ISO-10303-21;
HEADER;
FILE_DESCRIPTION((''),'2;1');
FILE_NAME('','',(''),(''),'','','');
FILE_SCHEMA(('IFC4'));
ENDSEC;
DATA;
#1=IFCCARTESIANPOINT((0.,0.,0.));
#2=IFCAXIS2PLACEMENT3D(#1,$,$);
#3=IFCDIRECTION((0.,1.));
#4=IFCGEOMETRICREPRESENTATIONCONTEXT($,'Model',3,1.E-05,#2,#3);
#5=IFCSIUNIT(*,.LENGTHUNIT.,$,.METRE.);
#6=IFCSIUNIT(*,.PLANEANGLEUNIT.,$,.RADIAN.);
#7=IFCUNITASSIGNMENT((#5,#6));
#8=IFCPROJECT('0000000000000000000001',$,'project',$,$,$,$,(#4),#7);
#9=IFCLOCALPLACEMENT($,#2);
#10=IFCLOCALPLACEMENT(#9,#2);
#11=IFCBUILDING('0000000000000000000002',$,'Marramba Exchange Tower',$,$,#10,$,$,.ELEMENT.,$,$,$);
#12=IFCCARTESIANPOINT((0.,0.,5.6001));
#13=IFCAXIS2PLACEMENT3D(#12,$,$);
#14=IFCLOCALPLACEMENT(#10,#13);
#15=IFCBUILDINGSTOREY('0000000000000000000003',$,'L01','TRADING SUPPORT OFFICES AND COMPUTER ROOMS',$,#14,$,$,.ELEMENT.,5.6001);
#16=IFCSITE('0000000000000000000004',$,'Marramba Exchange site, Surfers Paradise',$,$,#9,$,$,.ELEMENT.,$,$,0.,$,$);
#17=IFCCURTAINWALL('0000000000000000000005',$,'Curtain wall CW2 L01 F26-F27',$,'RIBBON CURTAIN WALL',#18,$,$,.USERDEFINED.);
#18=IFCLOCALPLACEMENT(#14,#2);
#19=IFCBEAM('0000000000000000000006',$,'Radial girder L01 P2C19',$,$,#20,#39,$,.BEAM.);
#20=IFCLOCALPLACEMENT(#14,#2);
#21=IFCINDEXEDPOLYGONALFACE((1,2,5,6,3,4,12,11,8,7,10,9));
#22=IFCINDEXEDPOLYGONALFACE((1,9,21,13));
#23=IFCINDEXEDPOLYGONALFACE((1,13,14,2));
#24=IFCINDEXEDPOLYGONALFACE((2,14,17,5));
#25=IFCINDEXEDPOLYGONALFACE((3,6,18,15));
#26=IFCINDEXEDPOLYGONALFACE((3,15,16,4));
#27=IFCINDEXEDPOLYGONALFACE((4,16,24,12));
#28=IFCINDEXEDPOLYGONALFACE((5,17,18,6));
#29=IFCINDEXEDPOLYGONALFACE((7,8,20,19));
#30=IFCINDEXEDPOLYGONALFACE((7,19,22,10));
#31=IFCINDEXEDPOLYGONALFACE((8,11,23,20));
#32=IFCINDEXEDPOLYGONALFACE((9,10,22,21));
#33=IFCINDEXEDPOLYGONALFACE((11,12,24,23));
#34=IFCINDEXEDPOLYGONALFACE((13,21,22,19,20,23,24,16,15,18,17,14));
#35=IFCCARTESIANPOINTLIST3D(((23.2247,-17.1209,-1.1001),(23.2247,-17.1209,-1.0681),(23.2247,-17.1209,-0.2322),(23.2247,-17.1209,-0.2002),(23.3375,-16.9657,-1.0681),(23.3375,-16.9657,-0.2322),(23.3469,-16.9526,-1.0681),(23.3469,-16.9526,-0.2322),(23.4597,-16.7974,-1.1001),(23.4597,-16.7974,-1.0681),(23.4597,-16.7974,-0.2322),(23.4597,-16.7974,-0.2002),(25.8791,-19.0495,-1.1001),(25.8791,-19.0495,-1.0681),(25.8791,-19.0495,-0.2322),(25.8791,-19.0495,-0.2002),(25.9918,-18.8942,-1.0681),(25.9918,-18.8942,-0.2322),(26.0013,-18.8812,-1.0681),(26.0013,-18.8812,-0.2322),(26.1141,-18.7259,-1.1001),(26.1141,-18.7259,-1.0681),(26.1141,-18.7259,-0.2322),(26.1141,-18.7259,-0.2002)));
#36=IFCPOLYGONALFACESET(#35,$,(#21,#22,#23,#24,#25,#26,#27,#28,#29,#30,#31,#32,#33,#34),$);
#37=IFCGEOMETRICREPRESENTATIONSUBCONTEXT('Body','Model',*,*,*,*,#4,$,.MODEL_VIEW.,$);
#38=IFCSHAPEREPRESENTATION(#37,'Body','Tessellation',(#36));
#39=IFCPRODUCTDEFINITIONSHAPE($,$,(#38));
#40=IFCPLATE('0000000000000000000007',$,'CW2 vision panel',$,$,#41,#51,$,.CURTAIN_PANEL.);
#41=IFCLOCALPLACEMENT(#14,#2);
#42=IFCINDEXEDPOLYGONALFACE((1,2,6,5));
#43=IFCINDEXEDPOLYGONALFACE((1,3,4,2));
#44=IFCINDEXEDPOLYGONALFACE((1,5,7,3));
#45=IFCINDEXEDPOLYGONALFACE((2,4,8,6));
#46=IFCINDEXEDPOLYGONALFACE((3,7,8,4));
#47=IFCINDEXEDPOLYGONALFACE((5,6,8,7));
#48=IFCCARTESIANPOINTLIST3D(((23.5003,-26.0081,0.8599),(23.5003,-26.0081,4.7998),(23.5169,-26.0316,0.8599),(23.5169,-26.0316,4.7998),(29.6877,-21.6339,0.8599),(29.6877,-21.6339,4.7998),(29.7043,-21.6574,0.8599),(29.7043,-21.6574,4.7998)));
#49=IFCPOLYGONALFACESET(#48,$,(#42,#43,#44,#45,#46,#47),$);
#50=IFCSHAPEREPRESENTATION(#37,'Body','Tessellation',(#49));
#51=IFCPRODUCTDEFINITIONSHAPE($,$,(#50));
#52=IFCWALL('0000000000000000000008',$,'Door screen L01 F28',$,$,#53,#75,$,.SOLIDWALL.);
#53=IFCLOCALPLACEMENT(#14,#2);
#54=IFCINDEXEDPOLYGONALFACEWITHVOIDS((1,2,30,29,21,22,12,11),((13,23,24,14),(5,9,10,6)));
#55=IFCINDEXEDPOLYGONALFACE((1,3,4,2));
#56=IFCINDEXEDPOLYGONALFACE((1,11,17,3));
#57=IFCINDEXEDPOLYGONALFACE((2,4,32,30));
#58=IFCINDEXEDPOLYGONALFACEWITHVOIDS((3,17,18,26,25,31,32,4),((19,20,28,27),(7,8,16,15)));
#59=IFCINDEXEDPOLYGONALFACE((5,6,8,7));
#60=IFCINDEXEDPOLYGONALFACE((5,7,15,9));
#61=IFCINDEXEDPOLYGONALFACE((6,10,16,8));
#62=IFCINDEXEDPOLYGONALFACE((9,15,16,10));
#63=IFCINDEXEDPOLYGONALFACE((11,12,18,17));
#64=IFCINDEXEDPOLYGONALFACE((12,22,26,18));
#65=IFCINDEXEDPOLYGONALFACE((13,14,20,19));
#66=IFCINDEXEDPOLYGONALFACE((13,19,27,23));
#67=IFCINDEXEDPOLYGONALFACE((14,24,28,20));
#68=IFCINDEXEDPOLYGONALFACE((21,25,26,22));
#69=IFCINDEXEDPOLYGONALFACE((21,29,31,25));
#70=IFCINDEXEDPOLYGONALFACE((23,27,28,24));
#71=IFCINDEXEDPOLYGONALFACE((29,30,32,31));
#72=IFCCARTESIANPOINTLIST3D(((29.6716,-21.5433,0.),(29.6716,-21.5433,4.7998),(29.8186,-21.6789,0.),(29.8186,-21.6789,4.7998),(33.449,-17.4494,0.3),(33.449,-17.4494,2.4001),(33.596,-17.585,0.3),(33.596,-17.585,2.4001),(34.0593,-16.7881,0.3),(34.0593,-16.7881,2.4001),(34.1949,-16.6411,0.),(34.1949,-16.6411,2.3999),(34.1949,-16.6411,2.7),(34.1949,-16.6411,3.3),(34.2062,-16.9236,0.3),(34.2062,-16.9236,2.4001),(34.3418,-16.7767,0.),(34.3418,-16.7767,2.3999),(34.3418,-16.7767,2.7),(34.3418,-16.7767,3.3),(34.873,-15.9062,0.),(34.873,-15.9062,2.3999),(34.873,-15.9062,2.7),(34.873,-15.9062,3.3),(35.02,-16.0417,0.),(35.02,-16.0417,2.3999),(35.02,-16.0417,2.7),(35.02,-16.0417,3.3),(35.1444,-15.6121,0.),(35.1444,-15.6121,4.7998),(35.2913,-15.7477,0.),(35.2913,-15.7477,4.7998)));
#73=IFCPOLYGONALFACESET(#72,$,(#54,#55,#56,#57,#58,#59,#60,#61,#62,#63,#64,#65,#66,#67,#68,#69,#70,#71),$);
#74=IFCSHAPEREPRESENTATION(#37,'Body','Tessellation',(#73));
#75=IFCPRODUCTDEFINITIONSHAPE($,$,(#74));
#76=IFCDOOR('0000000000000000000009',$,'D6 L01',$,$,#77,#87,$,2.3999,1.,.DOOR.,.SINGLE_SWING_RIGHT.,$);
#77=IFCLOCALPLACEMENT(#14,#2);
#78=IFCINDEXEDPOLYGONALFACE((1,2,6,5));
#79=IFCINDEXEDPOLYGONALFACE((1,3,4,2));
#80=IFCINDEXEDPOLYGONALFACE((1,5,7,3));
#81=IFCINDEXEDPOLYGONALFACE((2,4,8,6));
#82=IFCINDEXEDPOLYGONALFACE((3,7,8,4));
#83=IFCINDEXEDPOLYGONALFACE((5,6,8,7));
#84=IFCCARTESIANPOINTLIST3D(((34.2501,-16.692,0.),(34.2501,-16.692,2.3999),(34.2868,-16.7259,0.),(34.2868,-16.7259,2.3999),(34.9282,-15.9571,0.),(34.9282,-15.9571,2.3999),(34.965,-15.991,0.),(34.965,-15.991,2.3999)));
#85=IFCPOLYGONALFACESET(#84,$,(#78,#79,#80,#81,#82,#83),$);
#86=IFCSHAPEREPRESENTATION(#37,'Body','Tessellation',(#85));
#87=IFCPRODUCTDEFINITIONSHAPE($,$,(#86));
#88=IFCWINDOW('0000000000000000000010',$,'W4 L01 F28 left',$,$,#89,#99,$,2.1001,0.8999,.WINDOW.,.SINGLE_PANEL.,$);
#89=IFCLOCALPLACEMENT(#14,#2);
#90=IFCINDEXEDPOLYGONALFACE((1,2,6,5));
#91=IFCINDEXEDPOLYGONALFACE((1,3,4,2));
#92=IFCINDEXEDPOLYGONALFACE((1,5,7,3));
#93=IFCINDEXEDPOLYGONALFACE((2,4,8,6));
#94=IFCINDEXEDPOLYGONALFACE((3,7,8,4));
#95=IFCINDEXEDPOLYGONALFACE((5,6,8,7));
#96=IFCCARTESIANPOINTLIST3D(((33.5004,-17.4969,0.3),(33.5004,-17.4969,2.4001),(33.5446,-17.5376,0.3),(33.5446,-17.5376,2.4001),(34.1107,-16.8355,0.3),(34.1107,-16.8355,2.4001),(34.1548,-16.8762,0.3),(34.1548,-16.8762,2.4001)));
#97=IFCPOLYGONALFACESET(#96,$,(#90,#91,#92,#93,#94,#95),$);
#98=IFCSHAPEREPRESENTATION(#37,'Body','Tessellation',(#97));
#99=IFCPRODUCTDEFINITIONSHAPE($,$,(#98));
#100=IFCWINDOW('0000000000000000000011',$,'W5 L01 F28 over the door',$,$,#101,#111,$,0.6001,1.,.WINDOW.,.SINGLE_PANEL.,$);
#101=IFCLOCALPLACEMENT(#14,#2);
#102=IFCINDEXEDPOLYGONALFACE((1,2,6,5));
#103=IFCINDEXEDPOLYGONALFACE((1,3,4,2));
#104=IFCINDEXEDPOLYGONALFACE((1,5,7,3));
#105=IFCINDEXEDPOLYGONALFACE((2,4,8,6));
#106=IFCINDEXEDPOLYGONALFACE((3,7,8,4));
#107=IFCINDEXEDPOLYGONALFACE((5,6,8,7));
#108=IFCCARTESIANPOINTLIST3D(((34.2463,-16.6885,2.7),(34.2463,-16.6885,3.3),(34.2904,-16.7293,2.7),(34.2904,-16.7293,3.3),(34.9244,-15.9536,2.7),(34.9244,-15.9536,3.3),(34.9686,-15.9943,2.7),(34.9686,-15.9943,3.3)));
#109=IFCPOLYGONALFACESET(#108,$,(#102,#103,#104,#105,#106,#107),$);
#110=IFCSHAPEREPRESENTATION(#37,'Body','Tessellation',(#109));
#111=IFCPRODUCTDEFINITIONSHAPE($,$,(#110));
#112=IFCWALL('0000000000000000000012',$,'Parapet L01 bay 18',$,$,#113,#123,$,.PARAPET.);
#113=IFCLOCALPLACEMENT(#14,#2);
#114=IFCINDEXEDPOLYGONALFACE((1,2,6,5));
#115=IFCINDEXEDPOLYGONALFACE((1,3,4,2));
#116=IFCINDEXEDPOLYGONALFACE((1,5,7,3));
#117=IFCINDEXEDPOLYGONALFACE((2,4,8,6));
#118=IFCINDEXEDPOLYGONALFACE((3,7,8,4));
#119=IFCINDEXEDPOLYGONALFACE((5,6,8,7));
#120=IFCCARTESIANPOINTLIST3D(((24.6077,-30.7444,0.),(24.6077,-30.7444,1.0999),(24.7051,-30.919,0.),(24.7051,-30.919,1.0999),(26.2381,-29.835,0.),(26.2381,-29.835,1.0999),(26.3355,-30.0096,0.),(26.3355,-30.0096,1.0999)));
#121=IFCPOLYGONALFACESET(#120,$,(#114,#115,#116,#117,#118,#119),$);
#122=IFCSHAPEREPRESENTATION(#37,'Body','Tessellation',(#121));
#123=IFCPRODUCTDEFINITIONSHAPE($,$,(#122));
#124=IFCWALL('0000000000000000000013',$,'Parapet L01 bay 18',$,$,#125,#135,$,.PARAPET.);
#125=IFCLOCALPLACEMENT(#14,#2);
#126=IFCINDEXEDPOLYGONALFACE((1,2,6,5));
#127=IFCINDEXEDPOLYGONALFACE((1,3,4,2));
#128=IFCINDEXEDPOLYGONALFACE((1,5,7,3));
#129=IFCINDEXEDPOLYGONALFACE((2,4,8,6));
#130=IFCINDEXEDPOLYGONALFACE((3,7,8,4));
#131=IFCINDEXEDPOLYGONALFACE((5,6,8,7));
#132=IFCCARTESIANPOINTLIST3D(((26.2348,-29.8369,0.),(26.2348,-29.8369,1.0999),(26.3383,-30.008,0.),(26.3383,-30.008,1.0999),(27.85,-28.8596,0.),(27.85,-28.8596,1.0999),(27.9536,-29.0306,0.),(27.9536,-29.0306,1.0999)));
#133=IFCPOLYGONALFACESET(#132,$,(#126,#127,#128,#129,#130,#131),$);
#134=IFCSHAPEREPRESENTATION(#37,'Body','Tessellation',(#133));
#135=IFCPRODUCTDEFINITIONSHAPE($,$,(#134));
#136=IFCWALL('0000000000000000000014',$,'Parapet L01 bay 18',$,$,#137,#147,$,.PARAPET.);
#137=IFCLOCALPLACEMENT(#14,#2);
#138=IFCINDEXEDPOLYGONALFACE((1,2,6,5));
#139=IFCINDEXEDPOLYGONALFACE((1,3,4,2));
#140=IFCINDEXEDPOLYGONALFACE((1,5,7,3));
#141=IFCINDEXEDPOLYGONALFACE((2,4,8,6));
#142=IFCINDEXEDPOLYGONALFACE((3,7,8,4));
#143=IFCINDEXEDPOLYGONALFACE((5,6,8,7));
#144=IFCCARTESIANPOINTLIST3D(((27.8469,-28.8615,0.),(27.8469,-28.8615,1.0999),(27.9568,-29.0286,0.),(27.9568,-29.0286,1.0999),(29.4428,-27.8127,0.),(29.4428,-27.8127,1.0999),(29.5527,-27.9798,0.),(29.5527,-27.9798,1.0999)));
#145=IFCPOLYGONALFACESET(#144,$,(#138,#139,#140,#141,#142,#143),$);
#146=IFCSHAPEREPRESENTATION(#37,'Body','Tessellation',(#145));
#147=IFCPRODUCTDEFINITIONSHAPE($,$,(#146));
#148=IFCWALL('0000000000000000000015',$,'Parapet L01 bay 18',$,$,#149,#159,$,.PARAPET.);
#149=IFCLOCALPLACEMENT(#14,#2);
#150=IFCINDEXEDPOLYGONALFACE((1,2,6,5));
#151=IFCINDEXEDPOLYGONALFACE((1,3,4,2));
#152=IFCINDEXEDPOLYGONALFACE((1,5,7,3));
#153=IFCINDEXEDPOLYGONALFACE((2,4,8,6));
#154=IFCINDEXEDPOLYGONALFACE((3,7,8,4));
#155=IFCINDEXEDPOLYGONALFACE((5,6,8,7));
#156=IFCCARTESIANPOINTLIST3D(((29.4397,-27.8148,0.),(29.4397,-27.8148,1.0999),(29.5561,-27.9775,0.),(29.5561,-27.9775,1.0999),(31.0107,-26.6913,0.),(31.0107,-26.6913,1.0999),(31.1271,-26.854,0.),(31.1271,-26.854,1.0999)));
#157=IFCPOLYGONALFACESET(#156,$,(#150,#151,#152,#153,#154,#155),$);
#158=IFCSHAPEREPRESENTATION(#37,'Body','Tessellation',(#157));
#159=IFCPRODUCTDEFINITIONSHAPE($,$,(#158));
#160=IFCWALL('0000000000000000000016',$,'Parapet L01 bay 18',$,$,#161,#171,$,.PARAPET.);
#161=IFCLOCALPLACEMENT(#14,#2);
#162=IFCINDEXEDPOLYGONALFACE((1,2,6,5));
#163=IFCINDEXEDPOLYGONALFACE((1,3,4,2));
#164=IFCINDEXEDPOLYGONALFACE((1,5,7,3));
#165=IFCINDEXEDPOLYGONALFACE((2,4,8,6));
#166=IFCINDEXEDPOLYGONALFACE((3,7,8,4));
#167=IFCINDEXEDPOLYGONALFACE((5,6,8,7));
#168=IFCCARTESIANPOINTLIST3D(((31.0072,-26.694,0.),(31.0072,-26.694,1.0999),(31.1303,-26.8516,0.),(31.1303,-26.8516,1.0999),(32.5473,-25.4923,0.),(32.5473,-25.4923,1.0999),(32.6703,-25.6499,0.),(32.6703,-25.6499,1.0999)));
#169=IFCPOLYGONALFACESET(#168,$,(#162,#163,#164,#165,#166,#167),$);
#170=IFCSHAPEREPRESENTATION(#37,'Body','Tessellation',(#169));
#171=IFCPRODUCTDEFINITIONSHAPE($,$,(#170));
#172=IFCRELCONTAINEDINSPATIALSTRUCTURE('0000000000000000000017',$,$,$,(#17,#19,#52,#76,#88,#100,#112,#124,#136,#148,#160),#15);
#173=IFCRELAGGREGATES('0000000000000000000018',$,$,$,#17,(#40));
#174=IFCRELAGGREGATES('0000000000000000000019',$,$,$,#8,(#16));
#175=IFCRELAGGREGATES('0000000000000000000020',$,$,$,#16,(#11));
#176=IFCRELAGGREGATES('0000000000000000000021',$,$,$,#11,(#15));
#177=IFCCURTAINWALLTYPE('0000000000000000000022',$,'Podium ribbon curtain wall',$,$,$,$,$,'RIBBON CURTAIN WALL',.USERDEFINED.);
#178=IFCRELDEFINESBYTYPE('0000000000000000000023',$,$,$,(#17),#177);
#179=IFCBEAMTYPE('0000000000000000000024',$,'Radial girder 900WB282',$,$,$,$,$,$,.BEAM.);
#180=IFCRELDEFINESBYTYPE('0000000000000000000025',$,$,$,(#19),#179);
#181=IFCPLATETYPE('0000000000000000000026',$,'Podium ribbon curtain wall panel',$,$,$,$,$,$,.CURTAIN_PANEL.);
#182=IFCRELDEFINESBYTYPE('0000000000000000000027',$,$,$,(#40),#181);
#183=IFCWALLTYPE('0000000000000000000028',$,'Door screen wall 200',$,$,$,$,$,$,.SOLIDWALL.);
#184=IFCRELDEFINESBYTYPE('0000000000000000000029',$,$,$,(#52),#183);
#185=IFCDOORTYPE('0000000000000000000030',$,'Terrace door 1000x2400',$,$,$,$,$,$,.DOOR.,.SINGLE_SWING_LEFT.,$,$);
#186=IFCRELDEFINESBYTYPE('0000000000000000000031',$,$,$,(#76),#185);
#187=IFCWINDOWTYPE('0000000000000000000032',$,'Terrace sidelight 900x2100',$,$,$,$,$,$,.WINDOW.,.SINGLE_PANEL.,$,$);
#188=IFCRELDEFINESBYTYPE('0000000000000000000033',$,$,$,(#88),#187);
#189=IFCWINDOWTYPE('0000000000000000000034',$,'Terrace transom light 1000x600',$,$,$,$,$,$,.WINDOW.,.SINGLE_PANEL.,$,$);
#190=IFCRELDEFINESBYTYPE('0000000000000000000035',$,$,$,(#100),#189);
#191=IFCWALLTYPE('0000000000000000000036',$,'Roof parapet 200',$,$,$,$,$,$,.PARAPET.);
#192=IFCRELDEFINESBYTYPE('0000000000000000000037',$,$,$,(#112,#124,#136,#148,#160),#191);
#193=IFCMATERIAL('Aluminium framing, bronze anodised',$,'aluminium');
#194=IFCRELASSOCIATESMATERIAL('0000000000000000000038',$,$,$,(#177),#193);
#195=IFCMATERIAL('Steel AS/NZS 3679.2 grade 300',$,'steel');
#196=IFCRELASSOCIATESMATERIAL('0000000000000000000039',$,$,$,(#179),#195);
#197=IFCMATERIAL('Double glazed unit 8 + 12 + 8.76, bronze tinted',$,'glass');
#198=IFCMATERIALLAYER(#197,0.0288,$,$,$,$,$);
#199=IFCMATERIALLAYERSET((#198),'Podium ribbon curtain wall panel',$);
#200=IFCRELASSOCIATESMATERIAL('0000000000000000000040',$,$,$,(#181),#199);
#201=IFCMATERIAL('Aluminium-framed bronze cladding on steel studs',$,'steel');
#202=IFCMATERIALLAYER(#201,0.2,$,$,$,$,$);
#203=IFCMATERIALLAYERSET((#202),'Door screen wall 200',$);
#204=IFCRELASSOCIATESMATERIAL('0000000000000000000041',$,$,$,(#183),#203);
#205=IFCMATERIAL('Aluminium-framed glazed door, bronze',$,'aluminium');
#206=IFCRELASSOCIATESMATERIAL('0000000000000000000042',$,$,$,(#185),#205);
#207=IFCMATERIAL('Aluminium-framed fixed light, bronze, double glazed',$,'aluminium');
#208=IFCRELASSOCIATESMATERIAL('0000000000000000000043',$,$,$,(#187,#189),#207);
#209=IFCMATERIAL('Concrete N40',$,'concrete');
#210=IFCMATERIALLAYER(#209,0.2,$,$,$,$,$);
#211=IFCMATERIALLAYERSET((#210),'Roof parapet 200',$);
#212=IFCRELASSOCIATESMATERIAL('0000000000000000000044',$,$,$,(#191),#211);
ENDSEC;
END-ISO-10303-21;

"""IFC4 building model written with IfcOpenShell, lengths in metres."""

from ifc_helpers import new_model, si_unit, direction, frame, frame_2d, origin, origin_2d, place, context, subcontext, project, spatial, rectangle, i_section, extrude, material, layer, layer_set, material_profile, profile_set, type_object, element, fill, aggregate, save


model = new_model("IFC4")

# Units and contexts
model_context = context("Model", 3, precision=1e-05, world=origin(), true_north=direction((0.0, 1.0)))
body_context = subcontext(model_context, "Body", "Model", "MODEL_VIEW")
ifc_project = project(units=[si_unit("LENGTHUNIT", "METRE"), si_unit("PLANEANGLEUNIT", "RADIAN")], contexts=[model_context])

# Site, building, storey
site_placement = place(None, origin())
site = spatial("IfcSite", under=ifc_project, at=site_placement, Name="Marramba Exchange site, Surfers Paradise", CompositionType="ELEMENT", RefElevation=0.0)
building_placement = place(site_placement, origin())
building = spatial("IfcBuilding", under=site, at=building_placement, Name="Marramba Exchange Tower", CompositionType="ELEMENT")
storey_placement = place(building_placement, frame((0.0, 0.0, 5.6001)))
storey = spatial("IfcBuildingStorey", under=building, at=storey_placement, Name="L01", Description="TRADING SUPPORT OFFICES AND COMPUTER ROOMS", CompositionType="ELEMENT", Elevation=5.6001)

# Curtain wall
ifc_material_1 = material(Name="Aluminium framing, bronze anodised", Category="aluminium")
curtain_wall_type = type_object("IfcCurtainWallType", Name="Podium ribbon curtain wall", ElementType="RIBBON CURTAIN WALL", PredefinedType="USERDEFINED", material=ifc_material_1)
curtain_wall_placement = place(storey_placement, origin())
curtain_wall = element("IfcCurtainWall", 1, at=curtain_wall_placement, inside=storey, type_object=curtain_wall_type, Name="Curtain wall CW2 L01 F26-F27", ObjectType="RIBBON CURTAIN WALL", PredefinedType="USERDEFINED")

# Beam
ifc_material_2 = material(Name="Steel AS/NZS 3679.2 grade 300", Category="steel")
ifc_material_profile_1 = material_profile(ifc_material_2, i_section(OverallWidth=0.3999, OverallDepth=0.8999, WebThickness=0.0161, FlangeThickness=0.032, at=origin_2d()), Name="900WB282")
ifc_profile_set_1 = profile_set([ifc_material_profile_1], Name="Steel AS/NZS 3679.2 grade 300")
beam_type_1 = type_object("IfcBeamType", Name="Radial girder 900WB282", PredefinedType="BEAM", material=ifc_profile_set_1)
beam_1_placement = place(storey_placement, frame((25.9966, -18.8877, -0.6501), z_axis=(-0.809016, 0.587787, 0.0), x_axis=(-0.587787, -0.809016, 0.0)))
element("IfcBeam", 2, at=beam_1_placement, inside=storey, type_object=beam_type_1, Name="Radial girder L01 P2C19", PredefinedType="BEAM", context=body_context, shape_type="SweptSolid", body=[
    extrude(i_section(OverallWidth=0.3999, OverallDepth=0.8999, WebThickness=0.0161, FlangeThickness=0.032, at=origin_2d()), origin(), (0.0, 0.0, 1.0), 3.281),
])

# Plate
ifc_material_3 = material(Name="Double glazed unit 8 + 12 + 8.76, bronze tinted", Category="glass")
ifc_layer_1 = layer(ifc_material_3, 0.0288)
ifc_layer_set_1 = layer_set([ifc_layer_1], Name="Podium ribbon curtain wall panel")
plate_type = type_object("IfcPlateType", Name="Podium ribbon curtain wall panel", PredefinedType="CURTAIN_PANEL", material=ifc_layer_set_1)
plate_placement = place(storey_placement, frame((26.6023, -23.8328, 0.8599), z_axis=(0.0, 0.0, 1.0), x_axis=(0.816553, 0.577271, 0.0)))
plate = element("IfcPlate", 3, at=plate_placement, type_object=plate_type, Name="CW2 vision panel", PredefinedType="CURTAIN_PANEL", context=body_context, shape_type="SweptSolid", body=[
    extrude(rectangle(XDim=7.5774, YDim=0.0288, at=origin_2d()), origin(), (0.0, 0.0, 1.0), 3.9399),
])
aggregate(curtain_wall, [plate])

# Wall, openings, door, windows
ifc_material_4 = material(Name="Aluminium-framed bronze cladding on steel studs", Category="steel")
ifc_layer_2 = layer(ifc_material_4, 0.2)
ifc_layer_set_2 = layer_set([ifc_layer_2], Name="Door screen wall 200")
wall_type_1 = type_object("IfcWallType", Name="Door screen wall 200", PredefinedType="SOLIDWALL", material=ifc_layer_set_2)
wall_1_placement = place(storey_placement, frame((29.7451, -21.6111, 0.0), z_axis=(0.0, 0.0, 1.0), x_axis=(0.678129, 0.734943, 0.0)))
wall_1 = element("IfcWall", 4, at=wall_1_placement, inside=storey, type_object=wall_type_1, Name="Door screen L01 F28", PredefinedType="SOLIDWALL", context=body_context, shape_type="SweptSolid", body=[
    extrude(rectangle(XDim=8.0703, YDim=0.2, at=frame_2d((4.0352, 0.0))), origin(), (0.0, 0.0, 1.0), 4.7998),
])
opening_1_placement = place(wall_1_placement, frame((6.6702, 0.0, 0.0)))
opening_1 = element("IfcOpeningElement", 5, at=opening_1_placement, cuts=wall_1, PredefinedType="OPENING", context=body_context, shape_type="SweptSolid", body=[
    extrude(rectangle(XDim=1.0, YDim=2.3999, at=frame_2d((0.5, 1.2))), frame((0.0, 0.1099, 0.0), z_axis=(0.0, -1.0, 0.0), x_axis=(1.0, 0.0, 0.0)), (0.0, 0.0, 1.0), 0.22),
])
opening_2_placement = place(wall_1_placement, frame((5.5703, 0.0, 0.3)))
opening_2 = element("IfcOpeningElement", 6, at=opening_2_placement, cuts=wall_1, PredefinedType="OPENING", context=body_context, shape_type="SweptSolid", body=[
    extrude(rectangle(XDim=0.8999, YDim=2.1001, at=frame_2d((0.45, 1.05))), frame((0.0, 0.1099, 0.0), z_axis=(0.0, -1.0, 0.0), x_axis=(1.0, 0.0, 0.0)), (0.0, 0.0, 1.0), 0.22),
])
opening_3_placement = place(wall_1_placement, frame((6.6702, 0.0, 2.7)))
opening_3 = element("IfcOpeningElement", 7, at=opening_3_placement, cuts=wall_1, PredefinedType="OPENING", context=body_context, shape_type="SweptSolid", body=[
    extrude(rectangle(XDim=1.0, YDim=0.6001, at=frame_2d((0.5, 0.3))), frame((0.0, 0.1099, 0.0), z_axis=(0.0, -1.0, 0.0), x_axis=(1.0, 0.0, 0.0)), (0.0, 0.0, 1.0), 0.22),
])
ifc_material_5 = material(Name="Aluminium-framed glazed door, bronze", Category="aluminium")
door_type = type_object("IfcDoorType", Name="Terrace door 1000x2400", OperationType="SINGLE_SWING_LEFT", PredefinedType="DOOR", material=ifc_material_5)
door_placement = place(opening_1_placement, frame((1.0, 0.0, 0.0), z_axis=(0.0, 0.0, 1.0), x_axis=(-1.0, 0.0, 0.0)))
door = element("IfcDoor", 8, at=door_placement, inside=storey, type_object=door_type, Name="D6 L01", OperationType="SINGLE_SWING_RIGHT", OverallHeight=2.3999, OverallWidth=1.0, PredefinedType="DOOR", context=body_context, shape_type="SweptSolid", body=[
    extrude(rectangle(XDim=1.0, YDim=2.3999, at=frame_2d((0.5, 1.2))), frame((0.0, 0.0251, 0.0), z_axis=(0.0, -1.0, 0.0), x_axis=(1.0, 0.0, 0.0)), (0.0, 0.0, 1.0), 0.05),
])
fill(opening_1, door)
ifc_material_6 = material(Name="Aluminium-framed fixed light, bronze, double glazed", Category="aluminium")
window_type_1 = type_object("IfcWindowType", Name="Terrace sidelight 900x2100", PartitioningType="SINGLE_PANEL", PredefinedType="WINDOW", material=ifc_material_6)
window_1_placement = place(opening_2_placement, origin())
window_1 = element("IfcWindow", 9, at=window_1_placement, inside=storey, type_object=window_type_1, Name="W4 L01 F28 left", OverallHeight=2.1001, OverallWidth=0.8999, PartitioningType="SINGLE_PANEL", PredefinedType="WINDOW", context=body_context, shape_type="SweptSolid", body=[
    extrude(rectangle(XDim=0.8999, YDim=2.1001, at=frame_2d((0.45, 1.05))), frame((0.0, 0.03, 0.0), z_axis=(0.0, -1.0, 0.0), x_axis=(1.0, 0.0, 0.0)), (0.0, 0.0, 1.0), 0.0601),
])
fill(opening_2, window_1)
window_type_2 = type_object("IfcWindowType", Name="Terrace transom light 1000x600", PartitioningType="SINGLE_PANEL", PredefinedType="WINDOW", material=ifc_material_6)
window_2_placement = place(opening_3_placement, origin())
window_2 = element("IfcWindow", 10, at=window_2_placement, inside=storey, type_object=window_type_2, Name="W5 L01 F28 over the door", OverallHeight=0.6001, OverallWidth=1.0, PartitioningType="SINGLE_PANEL", PredefinedType="WINDOW", context=body_context, shape_type="SweptSolid", body=[
    extrude(rectangle(XDim=1.0, YDim=0.6001, at=frame_2d((0.5, 0.3))), frame((0.0, 0.03, 0.0), z_axis=(0.0, -1.0, 0.0), x_axis=(1.0, 0.0, 0.0)), (0.0, 0.0, 1.0), 0.0601),
])
fill(opening_3, window_2)

# Walls
ifc_material_7 = material(Name="Concrete N40", Category="concrete")
ifc_layer_3 = layer(ifc_material_7, 0.2)
ifc_layer_set_3 = layer_set([ifc_layer_3], Name="Roof parapet 200")
wall_type_2 = type_object("IfcWallType", Name="Roof parapet 200", PredefinedType="PARAPET", material=ifc_layer_set_3)
wall_2_placement = place(storey_placement, frame((24.6562, -30.8318, 0.0), z_axis=(0.0, 0.0, 1.0), x_axis=(0.873323, 0.487141, 0.0)))
element("IfcWall", 11, at=wall_2_placement, inside=storey, type_object=wall_type_2, Name="Parapet L01 bay 18", PredefinedType="PARAPET", context=body_context, shape_type="SweptSolid", body=[
    extrude(rectangle(XDim=1.8669, YDim=0.2, at=frame_2d((0.9336, 0.0))), origin(), (0.0, 0.0, 1.0), 1.0999),
])
wall_3_placement = place(storey_placement, frame((26.2866, -29.9224, 0.0), z_axis=(0.0, 0.0, 1.0), x_axis=(0.855581, 0.517668, 0.0)))
element("IfcWall", 12, at=wall_3_placement, inside=storey, type_object=wall_type_2, Name="Parapet L01 bay 18", PredefinedType="PARAPET", context=body_context, shape_type="SweptSolid", body=[
    extrude(rectangle(XDim=1.8879, YDim=0.2, at=frame_2d((0.9438, 0.0))), origin(), (0.0, 0.0, 1.0), 1.0999),
])
wall_4_placement = place(storey_placement, frame((27.9019, -28.9451, 0.0), z_axis=(0.0, 0.0, 1.0), x_axis=(0.83569, 0.549201, 0.0)))
element("IfcWall", 13, at=wall_4_placement, inside=storey, type_object=wall_type_2, Name="Parapet L01 bay 18", PredefinedType="PARAPET", context=body_context, shape_type="SweptSolid", body=[
    extrude(rectangle(XDim=1.9097, YDim=0.2, at=frame_2d((0.9548, 0.0))), origin(), (0.0, 0.0, 1.0), 1.0999),
])
wall_5_placement = place(storey_placement, frame((29.4978, -27.8962, 0.0), z_axis=(0.0, 0.0, 1.0), x_axis=(0.8134, 0.581704, 0.0)))
element("IfcWall", 14, at=wall_5_placement, inside=storey, type_object=wall_type_2, Name="Parapet L01 bay 18", PredefinedType="PARAPET", context=body_context, shape_type="SweptSolid", body=[
    extrude(rectangle(XDim=1.9314, YDim=0.2, at=frame_2d((0.9658, 0.0))), origin(), (0.0, 0.0, 1.0), 1.0999),
])
wall_6_placement = place(storey_placement, frame((31.0688, -26.7727, 0.0), z_axis=(0.0, 0.0, 1.0), x_axis=(0.788396, 0.615169, 0.0)))
element("IfcWall", 15, at=wall_6_placement, inside=storey, type_object=wall_type_2, Name="Parapet L01 bay 18", PredefinedType="PARAPET", context=body_context, shape_type="SweptSolid", body=[
    extrude(rectangle(XDim=1.9534, YDim=0.2, at=frame_2d((0.9766, 0.0))), origin(), (0.0, 0.0, 1.0), 1.0999),
])

save(model, "model.ifc")
